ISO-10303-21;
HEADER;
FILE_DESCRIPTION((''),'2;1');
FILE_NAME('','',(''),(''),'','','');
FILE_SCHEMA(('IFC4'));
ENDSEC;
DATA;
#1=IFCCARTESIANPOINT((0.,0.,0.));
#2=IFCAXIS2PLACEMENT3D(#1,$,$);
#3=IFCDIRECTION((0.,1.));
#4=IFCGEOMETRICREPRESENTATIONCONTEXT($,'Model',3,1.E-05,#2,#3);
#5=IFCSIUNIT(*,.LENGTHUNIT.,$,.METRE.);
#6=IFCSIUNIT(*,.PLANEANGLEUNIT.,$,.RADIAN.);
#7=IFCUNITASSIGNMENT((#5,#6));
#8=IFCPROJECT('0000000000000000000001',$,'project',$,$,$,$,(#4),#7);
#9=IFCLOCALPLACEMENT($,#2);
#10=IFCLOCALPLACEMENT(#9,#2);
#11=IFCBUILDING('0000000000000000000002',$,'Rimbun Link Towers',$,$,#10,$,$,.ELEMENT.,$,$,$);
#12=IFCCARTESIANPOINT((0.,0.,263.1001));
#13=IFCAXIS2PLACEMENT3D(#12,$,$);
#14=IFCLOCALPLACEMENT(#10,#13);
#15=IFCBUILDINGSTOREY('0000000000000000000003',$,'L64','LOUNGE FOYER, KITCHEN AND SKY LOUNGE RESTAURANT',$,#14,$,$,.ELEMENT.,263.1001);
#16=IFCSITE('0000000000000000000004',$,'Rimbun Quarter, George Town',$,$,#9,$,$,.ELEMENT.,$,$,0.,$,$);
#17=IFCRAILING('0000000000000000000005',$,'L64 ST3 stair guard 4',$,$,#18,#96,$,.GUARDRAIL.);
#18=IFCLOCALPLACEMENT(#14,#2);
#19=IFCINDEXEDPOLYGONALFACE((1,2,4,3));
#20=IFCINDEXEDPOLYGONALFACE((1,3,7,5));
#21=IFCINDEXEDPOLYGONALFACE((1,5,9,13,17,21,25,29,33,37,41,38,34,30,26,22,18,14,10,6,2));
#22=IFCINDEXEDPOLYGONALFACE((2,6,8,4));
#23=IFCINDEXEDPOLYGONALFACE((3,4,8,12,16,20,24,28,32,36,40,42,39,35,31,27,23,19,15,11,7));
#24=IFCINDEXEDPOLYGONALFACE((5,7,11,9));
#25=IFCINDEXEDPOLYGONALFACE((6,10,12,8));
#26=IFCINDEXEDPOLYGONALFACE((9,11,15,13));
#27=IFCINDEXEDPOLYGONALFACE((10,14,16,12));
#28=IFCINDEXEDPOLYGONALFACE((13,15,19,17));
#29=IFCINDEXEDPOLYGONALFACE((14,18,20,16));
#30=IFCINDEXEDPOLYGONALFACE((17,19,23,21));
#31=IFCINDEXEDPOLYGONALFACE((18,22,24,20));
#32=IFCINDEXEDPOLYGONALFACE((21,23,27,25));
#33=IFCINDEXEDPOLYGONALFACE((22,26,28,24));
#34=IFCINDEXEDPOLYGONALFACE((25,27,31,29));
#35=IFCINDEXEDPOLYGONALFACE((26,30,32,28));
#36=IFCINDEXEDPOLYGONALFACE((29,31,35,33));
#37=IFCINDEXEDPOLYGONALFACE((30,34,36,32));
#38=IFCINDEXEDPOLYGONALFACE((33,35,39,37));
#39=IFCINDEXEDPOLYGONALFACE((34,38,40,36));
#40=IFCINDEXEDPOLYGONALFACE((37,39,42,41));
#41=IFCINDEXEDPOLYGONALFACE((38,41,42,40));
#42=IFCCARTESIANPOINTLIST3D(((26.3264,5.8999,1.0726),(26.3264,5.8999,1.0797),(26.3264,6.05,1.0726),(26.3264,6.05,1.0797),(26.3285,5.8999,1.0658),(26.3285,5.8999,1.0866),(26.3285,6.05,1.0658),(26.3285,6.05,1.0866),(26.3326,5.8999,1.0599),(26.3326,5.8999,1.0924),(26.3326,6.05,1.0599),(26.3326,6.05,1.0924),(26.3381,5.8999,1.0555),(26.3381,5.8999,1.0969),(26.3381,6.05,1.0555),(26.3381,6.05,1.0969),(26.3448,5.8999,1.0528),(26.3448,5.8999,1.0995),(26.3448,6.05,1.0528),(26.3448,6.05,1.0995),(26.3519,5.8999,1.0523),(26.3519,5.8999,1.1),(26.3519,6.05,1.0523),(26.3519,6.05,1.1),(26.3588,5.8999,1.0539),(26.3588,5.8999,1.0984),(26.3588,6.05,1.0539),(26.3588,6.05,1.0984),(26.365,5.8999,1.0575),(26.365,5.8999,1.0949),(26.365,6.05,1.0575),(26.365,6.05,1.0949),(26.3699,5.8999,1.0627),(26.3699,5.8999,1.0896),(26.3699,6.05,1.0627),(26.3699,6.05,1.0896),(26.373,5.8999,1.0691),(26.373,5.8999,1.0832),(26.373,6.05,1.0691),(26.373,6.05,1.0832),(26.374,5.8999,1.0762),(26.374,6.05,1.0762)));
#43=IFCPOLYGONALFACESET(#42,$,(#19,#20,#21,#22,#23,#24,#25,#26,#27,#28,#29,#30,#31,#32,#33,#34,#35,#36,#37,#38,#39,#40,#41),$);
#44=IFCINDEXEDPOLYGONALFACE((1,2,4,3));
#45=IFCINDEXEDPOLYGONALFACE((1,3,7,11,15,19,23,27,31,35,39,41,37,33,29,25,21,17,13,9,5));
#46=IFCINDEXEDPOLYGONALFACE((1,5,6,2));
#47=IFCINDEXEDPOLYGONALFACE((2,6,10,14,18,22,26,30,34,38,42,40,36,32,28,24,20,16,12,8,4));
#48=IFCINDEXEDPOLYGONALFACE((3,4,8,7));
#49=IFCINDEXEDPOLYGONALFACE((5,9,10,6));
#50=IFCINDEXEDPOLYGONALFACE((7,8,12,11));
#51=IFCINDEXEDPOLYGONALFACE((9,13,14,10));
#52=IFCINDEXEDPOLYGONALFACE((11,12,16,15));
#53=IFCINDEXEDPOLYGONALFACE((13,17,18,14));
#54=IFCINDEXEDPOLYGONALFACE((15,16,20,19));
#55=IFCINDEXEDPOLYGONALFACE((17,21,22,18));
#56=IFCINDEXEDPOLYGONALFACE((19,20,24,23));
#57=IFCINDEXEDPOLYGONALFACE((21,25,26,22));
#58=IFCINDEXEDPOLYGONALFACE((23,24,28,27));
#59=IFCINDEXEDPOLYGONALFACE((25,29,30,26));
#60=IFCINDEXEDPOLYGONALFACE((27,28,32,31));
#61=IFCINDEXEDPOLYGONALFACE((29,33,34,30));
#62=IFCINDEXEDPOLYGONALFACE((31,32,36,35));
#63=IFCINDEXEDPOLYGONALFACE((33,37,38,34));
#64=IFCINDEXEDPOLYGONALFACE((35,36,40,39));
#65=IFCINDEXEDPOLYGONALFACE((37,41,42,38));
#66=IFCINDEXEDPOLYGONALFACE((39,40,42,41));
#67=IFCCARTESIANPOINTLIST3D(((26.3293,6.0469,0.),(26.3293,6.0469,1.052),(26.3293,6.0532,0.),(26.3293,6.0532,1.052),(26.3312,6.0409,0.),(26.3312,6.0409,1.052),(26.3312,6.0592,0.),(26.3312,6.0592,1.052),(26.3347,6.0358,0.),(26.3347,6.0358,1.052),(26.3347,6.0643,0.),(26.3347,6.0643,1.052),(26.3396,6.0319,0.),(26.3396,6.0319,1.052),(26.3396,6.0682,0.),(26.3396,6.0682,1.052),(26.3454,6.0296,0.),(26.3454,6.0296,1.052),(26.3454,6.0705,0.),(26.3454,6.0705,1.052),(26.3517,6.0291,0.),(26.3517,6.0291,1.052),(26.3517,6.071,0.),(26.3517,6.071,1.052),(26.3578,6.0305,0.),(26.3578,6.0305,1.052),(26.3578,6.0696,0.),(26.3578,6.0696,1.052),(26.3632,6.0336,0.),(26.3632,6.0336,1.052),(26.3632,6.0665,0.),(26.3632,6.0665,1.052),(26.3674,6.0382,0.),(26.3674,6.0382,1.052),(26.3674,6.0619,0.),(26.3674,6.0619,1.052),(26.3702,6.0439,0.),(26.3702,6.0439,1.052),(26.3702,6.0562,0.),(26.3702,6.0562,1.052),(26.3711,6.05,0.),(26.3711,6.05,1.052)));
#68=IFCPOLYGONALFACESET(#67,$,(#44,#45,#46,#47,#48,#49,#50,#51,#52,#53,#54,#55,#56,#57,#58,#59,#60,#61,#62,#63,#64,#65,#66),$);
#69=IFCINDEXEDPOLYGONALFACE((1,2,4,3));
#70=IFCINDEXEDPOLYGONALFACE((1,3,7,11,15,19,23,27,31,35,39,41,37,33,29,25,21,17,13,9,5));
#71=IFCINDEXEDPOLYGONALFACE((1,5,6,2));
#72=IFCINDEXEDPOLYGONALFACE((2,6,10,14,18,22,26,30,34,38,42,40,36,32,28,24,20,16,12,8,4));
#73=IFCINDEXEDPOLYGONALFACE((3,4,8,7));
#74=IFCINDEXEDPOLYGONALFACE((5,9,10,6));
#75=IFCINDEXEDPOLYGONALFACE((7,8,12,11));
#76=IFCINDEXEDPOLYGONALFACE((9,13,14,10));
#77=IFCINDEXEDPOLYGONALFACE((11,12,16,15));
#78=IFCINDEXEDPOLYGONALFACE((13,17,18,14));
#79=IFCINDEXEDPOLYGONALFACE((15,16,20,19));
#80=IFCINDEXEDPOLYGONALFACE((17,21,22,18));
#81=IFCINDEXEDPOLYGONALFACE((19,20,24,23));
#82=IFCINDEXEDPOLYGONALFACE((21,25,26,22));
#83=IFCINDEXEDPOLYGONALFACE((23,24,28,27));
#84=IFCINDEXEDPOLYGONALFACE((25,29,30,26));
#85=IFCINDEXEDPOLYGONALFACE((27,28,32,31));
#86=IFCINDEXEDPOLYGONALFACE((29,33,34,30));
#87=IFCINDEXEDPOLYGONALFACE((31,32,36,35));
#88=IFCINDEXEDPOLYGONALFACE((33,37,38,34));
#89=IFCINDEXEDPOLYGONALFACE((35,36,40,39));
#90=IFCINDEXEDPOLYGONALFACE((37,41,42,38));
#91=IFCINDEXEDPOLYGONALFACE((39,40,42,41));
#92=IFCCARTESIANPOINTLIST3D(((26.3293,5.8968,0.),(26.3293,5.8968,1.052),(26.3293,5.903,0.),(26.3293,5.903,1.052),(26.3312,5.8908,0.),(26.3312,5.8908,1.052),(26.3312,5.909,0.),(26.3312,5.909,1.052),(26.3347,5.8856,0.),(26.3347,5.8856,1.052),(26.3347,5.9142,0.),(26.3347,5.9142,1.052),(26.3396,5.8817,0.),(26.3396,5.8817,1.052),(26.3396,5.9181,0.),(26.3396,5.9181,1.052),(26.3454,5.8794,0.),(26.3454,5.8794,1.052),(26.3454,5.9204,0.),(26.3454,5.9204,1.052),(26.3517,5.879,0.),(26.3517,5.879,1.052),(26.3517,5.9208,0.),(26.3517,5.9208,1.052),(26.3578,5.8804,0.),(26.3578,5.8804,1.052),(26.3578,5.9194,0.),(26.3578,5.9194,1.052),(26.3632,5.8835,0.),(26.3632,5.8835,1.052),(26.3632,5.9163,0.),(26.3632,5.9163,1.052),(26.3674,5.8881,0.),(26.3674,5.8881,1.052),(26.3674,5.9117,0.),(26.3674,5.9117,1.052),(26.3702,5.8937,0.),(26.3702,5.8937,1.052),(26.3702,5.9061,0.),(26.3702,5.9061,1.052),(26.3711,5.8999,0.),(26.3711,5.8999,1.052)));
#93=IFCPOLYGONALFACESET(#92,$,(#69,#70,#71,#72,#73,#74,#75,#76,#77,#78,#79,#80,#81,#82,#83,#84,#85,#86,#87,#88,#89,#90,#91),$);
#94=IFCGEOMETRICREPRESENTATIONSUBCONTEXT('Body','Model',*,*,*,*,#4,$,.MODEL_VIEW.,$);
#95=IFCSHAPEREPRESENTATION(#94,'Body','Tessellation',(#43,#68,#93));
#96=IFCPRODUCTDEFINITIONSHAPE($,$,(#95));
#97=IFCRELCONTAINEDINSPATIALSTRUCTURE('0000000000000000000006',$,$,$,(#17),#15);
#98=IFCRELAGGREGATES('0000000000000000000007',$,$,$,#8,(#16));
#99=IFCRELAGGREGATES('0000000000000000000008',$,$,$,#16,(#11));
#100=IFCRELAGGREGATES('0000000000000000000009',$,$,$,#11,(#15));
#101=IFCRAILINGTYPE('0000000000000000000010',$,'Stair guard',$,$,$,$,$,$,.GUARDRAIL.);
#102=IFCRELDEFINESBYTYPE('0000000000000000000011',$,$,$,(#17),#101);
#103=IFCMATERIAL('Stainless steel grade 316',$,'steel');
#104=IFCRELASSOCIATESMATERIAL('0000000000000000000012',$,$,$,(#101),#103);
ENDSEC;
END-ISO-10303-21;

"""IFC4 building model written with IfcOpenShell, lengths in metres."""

from ifc_helpers import new_model, si_unit, direction, frame, origin, origin_2d, place, context, subcontext, project, spatial, circle, extrude, material, type_object, element, save


model = new_model("IFC4")

# Units and contexts
model_context = context("Model", 3, precision=1e-05, world=origin(), true_north=direction((0.0, 1.0)))
body_context = subcontext(model_context, "Body", "Model", "MODEL_VIEW")
ifc_project = project(units=[si_unit("LENGTHUNIT", "METRE"), si_unit("PLANEANGLEUNIT", "RADIAN")], contexts=[model_context])

# Site, building, storey
site_placement = place(None, origin())
site = spatial("IfcSite", under=ifc_project, at=site_placement, Name="Rimbun Quarter, George Town", CompositionType="ELEMENT", RefElevation=0.0)
building_placement = place(site_placement, origin())
building = spatial("IfcBuilding", under=site, at=building_placement, Name="Rimbun Link Towers", CompositionType="ELEMENT")
storey_placement = place(building_placement, frame((0.0, 0.0, 263.1001)))
storey = spatial("IfcBuildingStorey", under=building, at=storey_placement, Name="L64", Description="LOUNGE FOYER, KITCHEN AND SKY LOUNGE RESTAURANT", CompositionType="ELEMENT", Elevation=263.1001)

# Railing
ifc_material_1 = material(Name="Stainless steel grade 316", Category="steel")
railing_type_1 = type_object("IfcRailingType", Name="Stair guard", PredefinedType="GUARDRAIL", material=ifc_material_1)
railing_1_placement = place(storey_placement, frame((26.3501, 6.05, 0.0)))
element("IfcRailing", 1, at=railing_1_placement, inside=storey, type_object=railing_type_1, Name="L64 ST3 stair guard 4", PredefinedType="GUARDRAIL", context=body_context, shape_type="SweptSolid", body=[
    extrude(circle(Radius=0.0239, at=origin_2d()), frame((0.0, 0.0, 1.0762), z_axis=(0.0, -1.0, 0.0), x_axis=(1.0, 0.0, 0.0)), (0.0, 0.0, 1.0), 0.1501),
    extrude(circle(Radius=0.021, at=origin_2d()), origin(), (0.0, 0.0, 1.0), 1.052),
    extrude(circle(Radius=0.021, at=origin_2d()), frame((0.0, -0.1501, 0.0)), (0.0, 0.0, 1.0), 1.052),
])

save(model, "model.ifc")
